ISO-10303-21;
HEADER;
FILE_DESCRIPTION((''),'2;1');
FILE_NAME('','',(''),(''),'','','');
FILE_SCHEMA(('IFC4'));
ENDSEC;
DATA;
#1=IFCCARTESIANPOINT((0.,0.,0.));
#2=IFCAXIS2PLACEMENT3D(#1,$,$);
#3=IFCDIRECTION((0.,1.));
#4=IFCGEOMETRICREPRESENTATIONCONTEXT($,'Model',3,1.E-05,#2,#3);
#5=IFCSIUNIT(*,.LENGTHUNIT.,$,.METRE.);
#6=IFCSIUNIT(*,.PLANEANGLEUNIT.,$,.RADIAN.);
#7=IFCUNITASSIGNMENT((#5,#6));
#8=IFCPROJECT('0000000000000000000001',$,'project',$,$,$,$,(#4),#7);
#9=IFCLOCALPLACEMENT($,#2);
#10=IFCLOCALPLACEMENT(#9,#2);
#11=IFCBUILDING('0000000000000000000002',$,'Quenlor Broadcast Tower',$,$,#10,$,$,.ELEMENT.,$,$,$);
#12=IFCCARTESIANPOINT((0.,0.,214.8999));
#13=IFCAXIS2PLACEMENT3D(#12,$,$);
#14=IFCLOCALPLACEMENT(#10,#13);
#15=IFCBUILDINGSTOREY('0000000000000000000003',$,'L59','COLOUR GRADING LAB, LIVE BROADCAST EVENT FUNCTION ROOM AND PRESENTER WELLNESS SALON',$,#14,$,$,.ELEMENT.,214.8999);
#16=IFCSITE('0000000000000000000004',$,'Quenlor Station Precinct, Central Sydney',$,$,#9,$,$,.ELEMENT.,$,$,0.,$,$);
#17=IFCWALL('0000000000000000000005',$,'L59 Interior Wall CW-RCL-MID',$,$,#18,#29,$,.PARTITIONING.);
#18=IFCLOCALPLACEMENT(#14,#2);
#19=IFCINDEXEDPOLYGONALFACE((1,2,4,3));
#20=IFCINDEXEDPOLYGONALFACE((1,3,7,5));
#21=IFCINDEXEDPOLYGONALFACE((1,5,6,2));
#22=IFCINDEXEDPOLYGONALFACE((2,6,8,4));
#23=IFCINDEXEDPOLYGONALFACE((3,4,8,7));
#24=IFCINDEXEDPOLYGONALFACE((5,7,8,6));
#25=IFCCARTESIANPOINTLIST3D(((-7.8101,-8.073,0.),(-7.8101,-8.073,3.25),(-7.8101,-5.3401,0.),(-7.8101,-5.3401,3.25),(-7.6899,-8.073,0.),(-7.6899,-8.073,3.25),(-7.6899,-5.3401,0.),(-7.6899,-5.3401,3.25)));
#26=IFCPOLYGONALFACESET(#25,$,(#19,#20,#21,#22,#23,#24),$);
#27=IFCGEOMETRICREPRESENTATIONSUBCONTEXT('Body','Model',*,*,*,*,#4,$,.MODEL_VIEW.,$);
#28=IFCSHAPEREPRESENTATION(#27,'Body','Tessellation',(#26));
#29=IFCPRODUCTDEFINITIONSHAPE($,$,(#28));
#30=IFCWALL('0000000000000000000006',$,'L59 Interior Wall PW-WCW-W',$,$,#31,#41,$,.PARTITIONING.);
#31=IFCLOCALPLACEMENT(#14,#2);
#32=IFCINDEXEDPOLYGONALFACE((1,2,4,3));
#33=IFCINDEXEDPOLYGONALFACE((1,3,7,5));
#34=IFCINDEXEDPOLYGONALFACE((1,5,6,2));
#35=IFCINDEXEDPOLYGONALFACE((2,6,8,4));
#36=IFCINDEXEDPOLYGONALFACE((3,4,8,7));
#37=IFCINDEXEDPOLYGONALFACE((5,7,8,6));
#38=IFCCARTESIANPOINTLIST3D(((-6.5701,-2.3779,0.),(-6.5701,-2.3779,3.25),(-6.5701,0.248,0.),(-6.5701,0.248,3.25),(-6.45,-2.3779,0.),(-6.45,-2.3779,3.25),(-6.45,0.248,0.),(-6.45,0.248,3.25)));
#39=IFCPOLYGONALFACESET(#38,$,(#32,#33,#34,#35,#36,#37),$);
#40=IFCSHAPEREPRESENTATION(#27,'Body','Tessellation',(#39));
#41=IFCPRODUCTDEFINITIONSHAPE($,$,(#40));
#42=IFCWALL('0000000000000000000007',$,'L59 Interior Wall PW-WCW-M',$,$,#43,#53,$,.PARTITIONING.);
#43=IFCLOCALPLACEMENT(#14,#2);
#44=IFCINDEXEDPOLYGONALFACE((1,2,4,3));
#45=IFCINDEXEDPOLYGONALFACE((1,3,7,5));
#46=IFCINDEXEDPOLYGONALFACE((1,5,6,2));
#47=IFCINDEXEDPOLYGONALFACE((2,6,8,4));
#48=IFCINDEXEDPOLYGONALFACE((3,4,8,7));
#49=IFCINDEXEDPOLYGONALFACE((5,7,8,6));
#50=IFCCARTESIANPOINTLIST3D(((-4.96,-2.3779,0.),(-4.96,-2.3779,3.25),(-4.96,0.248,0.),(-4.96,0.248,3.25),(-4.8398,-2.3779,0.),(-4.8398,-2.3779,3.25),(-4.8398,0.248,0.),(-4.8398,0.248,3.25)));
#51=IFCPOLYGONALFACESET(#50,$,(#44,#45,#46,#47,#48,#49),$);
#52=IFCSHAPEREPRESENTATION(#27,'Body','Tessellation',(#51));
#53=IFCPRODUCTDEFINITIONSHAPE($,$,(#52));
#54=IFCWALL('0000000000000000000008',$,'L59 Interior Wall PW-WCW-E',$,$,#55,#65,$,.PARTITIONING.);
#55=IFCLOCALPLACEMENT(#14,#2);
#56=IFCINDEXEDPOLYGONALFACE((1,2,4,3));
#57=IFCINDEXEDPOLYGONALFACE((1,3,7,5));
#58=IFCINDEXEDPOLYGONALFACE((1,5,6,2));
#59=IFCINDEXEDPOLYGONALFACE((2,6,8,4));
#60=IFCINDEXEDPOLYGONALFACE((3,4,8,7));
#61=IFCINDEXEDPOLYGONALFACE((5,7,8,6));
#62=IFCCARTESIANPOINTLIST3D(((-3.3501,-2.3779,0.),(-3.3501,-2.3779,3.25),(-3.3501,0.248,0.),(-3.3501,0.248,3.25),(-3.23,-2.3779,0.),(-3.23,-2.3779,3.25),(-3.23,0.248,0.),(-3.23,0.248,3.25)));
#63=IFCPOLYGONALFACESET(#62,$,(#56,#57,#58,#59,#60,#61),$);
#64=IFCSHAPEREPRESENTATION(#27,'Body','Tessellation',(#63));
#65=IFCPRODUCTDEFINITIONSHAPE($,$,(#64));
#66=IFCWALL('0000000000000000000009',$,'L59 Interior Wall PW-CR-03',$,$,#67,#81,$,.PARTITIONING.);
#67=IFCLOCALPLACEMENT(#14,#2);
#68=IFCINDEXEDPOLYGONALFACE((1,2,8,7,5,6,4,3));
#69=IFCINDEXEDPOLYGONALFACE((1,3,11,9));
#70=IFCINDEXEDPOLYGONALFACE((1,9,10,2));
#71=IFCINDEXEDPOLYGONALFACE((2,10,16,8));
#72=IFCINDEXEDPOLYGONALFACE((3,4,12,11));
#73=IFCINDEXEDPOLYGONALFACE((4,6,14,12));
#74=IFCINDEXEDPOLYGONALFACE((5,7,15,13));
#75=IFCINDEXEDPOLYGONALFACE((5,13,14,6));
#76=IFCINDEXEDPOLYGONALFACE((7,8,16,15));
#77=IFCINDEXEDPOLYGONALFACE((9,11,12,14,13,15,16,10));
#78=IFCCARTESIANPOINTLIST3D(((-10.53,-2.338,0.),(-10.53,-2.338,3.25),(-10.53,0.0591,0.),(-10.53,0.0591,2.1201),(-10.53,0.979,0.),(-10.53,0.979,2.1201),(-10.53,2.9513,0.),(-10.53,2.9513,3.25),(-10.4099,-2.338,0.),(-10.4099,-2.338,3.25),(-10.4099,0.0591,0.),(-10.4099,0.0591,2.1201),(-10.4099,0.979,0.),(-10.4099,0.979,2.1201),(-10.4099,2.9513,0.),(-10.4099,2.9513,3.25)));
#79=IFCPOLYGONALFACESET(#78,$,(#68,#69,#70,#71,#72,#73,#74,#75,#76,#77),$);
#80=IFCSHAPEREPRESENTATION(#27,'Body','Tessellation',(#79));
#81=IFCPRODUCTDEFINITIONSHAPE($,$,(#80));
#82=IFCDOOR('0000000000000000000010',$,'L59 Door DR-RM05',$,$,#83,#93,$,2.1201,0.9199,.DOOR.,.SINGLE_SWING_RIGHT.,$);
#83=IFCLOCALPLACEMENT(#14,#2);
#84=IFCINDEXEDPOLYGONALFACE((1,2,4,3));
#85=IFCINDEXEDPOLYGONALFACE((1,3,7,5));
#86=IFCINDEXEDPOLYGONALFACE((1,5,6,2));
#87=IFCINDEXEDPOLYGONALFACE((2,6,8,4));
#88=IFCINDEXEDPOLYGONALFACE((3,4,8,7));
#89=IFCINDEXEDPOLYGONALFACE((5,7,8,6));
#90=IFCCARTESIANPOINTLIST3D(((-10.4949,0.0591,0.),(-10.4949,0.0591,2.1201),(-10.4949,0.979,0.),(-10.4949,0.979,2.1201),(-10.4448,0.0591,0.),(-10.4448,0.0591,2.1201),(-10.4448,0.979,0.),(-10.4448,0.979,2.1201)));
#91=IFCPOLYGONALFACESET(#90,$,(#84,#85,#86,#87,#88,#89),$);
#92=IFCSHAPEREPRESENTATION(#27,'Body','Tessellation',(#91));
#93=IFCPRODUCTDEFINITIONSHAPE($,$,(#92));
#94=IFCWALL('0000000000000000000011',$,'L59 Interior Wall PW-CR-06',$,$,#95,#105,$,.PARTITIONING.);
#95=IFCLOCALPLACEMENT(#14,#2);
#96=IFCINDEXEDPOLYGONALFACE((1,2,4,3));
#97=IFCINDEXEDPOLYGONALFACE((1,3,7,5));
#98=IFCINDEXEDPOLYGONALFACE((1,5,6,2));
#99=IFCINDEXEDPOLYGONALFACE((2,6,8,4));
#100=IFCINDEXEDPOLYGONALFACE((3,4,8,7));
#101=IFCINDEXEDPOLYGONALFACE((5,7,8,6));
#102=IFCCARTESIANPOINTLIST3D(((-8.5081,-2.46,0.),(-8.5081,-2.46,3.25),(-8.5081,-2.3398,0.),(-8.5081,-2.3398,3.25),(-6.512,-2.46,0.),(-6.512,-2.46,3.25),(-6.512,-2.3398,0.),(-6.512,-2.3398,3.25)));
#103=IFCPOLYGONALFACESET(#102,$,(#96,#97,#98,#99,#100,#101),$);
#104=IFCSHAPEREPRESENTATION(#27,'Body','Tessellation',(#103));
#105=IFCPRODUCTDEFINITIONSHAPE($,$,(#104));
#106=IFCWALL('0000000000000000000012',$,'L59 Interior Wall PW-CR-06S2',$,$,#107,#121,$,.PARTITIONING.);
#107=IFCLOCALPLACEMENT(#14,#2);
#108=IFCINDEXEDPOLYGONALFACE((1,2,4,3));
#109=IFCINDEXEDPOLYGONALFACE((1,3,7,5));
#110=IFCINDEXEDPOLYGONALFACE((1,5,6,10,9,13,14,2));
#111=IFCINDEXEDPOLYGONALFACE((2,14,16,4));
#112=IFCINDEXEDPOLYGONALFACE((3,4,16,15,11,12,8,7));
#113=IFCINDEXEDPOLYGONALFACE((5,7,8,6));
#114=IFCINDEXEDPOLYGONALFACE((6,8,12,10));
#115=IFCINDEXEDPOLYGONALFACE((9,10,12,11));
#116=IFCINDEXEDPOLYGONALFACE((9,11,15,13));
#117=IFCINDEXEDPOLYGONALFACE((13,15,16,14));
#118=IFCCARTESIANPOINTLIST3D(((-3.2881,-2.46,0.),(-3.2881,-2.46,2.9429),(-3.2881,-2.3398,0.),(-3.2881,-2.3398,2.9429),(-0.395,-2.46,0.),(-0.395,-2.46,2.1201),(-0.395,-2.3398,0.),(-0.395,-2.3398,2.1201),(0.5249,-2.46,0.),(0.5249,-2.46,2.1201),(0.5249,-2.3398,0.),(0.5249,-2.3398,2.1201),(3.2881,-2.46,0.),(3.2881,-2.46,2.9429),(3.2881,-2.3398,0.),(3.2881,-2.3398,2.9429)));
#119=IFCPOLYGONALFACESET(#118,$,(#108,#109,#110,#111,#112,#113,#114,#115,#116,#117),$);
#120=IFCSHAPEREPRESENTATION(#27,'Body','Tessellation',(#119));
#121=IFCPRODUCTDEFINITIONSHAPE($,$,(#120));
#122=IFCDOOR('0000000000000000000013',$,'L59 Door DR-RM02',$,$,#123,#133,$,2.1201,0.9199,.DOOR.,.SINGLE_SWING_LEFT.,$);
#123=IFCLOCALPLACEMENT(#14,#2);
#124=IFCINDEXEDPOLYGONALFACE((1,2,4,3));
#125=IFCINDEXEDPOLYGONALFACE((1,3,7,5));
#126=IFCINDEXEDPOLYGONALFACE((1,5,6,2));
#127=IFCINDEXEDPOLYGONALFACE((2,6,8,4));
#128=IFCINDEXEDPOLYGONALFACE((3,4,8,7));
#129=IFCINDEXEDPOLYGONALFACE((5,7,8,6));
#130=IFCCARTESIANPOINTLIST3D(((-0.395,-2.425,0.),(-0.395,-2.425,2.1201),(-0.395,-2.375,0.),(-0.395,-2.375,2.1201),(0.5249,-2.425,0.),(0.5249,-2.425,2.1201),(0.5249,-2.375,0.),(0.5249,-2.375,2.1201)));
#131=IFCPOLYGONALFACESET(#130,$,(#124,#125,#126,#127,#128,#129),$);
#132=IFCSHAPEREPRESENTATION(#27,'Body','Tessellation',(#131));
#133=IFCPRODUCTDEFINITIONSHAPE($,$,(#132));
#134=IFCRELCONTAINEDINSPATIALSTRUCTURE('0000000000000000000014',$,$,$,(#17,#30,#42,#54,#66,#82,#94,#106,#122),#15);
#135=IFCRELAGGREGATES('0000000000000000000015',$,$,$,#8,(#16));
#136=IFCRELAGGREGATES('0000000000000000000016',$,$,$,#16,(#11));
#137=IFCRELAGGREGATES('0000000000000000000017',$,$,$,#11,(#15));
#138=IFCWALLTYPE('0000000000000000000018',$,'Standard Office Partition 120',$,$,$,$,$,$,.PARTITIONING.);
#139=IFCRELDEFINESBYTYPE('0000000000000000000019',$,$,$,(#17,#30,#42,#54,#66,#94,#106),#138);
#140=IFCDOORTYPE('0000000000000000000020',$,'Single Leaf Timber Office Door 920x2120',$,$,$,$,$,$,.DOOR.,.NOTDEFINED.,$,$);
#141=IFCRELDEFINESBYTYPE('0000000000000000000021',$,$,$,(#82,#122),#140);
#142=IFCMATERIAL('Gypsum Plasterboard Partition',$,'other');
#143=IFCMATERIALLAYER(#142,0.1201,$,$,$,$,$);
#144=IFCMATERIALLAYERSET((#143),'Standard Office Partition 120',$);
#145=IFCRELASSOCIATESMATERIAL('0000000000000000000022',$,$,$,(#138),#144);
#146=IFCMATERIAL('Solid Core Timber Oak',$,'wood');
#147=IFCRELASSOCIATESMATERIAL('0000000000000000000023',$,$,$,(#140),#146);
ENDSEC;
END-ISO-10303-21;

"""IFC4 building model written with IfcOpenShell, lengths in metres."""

from ifc_helpers import new_model, si_unit, direction, frame, frame_2d, origin, place, context, subcontext, project, spatial, rectangle, extrude, material, layer, layer_set, type_object, element, fill, save


model = new_model("IFC4")

# Units and contexts
model_context = context("Model", 3, precision=1e-05, world=origin(), true_north=direction((0.0, 1.0)))
body_context = subcontext(model_context, "Body", "Model", "MODEL_VIEW")
ifc_project = project(units=[si_unit("LENGTHUNIT", "METRE"), si_unit("PLANEANGLEUNIT", "RADIAN")], contexts=[model_context])

# Site, building, storey
site_placement = place(None, origin())
site = spatial("IfcSite", under=ifc_project, at=site_placement, Name="Quenlor Station Precinct, Central Sydney", CompositionType="ELEMENT", RefElevation=0.0)
building_placement = place(site_placement, origin())
building = spatial("IfcBuilding", under=site, at=building_placement, Name="Quenlor Broadcast Tower", CompositionType="ELEMENT")
storey_placement = place(building_placement, frame((0.0, 0.0, 214.8999)))
storey = spatial("IfcBuildingStorey", under=building, at=storey_placement, Name="L59", Description="COLOUR GRADING LAB, LIVE BROADCAST EVENT FUNCTION ROOM AND PRESENTER WELLNESS SALON", CompositionType="ELEMENT", Elevation=214.8999)

# Wall
ifc_material_1 = material(Name="Gypsum Plasterboard Partition", Category="other")
ifc_layer_1 = layer(ifc_material_1, 0.1201)
ifc_layer_set_1 = layer_set([ifc_layer_1], Name="Standard Office Partition 120")
wall_type_1 = type_object("IfcWallType", Name="Standard Office Partition 120", PredefinedType="PARTITIONING", material=ifc_layer_set_1)
wall_1_placement = place(storey_placement, frame((-7.75, -8.073, 0.0), z_axis=(0.0, 0.0, 1.0), x_axis=(0.0, 1.0, 0.0)))
element("IfcWall", 1, at=wall_1_placement, inside=storey, type_object=wall_type_1, Name="L59 Interior Wall CW-RCL-MID", PredefinedType="PARTITIONING", context=body_context, shape_type="SweptSolid", body=[
    extrude(rectangle(XDim=2.7329, YDim=0.1201, at=frame_2d((1.3665, 0.0))), origin(), (0.0, 0.0, 1.0), 3.25),
])

# Walls
for number, where, z_axis, x_axis, name in (
    (2, (-6.51, -2.3779, 0.0), (0.0, 0.0, 1.0), (0.0, 1.0, 0.0), "L59 Interior Wall PW-WCW-W"),
    (3, (-4.8999, -2.3779, 0.0), (0.0, 0.0, 1.0), (0.0, 1.0, 0.0), "L59 Interior Wall PW-WCW-M"),
    (4, (-3.29, -2.3779, 0.0), (0.0, 0.0, 1.0), (0.0, 1.0, 0.0), "L59 Interior Wall PW-WCW-E"),
):
    element("IfcWall", number, at=place(storey_placement, frame(where, z_axis=z_axis, x_axis=x_axis)), inside=storey, type_object=wall_type_1, Name=name, PredefinedType="PARTITIONING", context=body_context, shape_type="SweptSolid", body=[
        extrude(rectangle(XDim=2.626, YDim=0.1201, at=frame_2d((1.313, 0.0))), origin(), (0.0, 0.0, 1.0), 3.25),
    ])

# Wall, opening, door
wall_2_placement = place(storey_placement, frame((-10.47, -2.3379, 0.0), z_axis=(0.0, 0.0, 1.0), x_axis=(0.0, 1.0, 0.0)))
wall_2 = element("IfcWall", 5, at=wall_2_placement, inside=storey, type_object=wall_type_1, Name="L59 Interior Wall PW-CR-03", PredefinedType="PARTITIONING", context=body_context, shape_type="SweptSolid", body=[
    extrude(rectangle(XDim=5.2893, YDim=0.1201, at=frame_2d((2.6445, 0.0))), origin(), (0.0, 0.0, 1.0), 3.25),
])
opening_1_placement = place(wall_2_placement, frame((2.397, 0.0, 0.0)))
opening_1 = element("IfcOpeningElement", 6, at=opening_1_placement, cuts=wall_2, PredefinedType="OPENING", context=body_context, shape_type="SweptSolid", body=[
    extrude(rectangle(XDim=0.9199, YDim=2.1201, at=frame_2d((0.46, 1.0601))), frame((0.0, 0.0701, 0.0), z_axis=(0.0, -1.0, 0.0), x_axis=(1.0, 0.0, 0.0)), (0.0, 0.0, 1.0), 0.1401),
])
ifc_material_2 = material(Name="Solid Core Timber Oak", Category="wood")
door_type_1 = type_object("IfcDoorType", Name="Single Leaf Timber Office Door 920x2120", OperationType="NOTDEFINED", PredefinedType="DOOR", material=ifc_material_2)
door_1_placement = place(opening_1_placement, origin())
door_1 = element("IfcDoor", 7, at=door_1_placement, inside=storey, type_object=door_type_1, Name="L59 Door DR-RM05", OperationType="SINGLE_SWING_RIGHT", OverallHeight=2.1201, OverallWidth=0.9199, PredefinedType="DOOR", context=body_context, shape_type="SweptSolid", body=[
    extrude(rectangle(XDim=0.9199, YDim=2.1201, at=frame_2d((0.46, 1.0601))), frame((0.0, 0.0249, 0.0), z_axis=(0.0, -1.0, 0.0), x_axis=(1.0, 0.0, 0.0)), (0.0, 0.0, 1.0), 0.05),
])
fill(opening_1, door_1)

# Wall
wall_3_placement = place(storey_placement, frame((-8.5081, -2.3999, 0.0), z_axis=(0.0, 0.0, 1.0), x_axis=(1.0, 0.0, 0.0)))
element("IfcWall", 8, at=wall_3_placement, inside=storey, type_object=wall_type_1, Name="L59 Interior Wall PW-CR-06", PredefinedType="PARTITIONING", context=body_context, shape_type="SweptSolid", body=[
    extrude(rectangle(XDim=1.9961, YDim=0.1201, at=frame_2d((0.998, 0.0))), origin(), (0.0, 0.0, 1.0), 3.25),
])

# Wall, opening, door
wall_4_placement = place(storey_placement, frame((-3.2881, -2.3999, 0.0), z_axis=(0.0, 0.0, 1.0), x_axis=(1.0, 0.0, 0.0)))
wall_4 = element("IfcWall", 9, at=wall_4_placement, inside=storey, type_object=wall_type_1, Name="L59 Interior Wall PW-CR-06S2", PredefinedType="PARTITIONING", context=body_context, shape_type="SweptSolid", body=[
    extrude(rectangle(XDim=6.5762, YDim=0.1201, at=frame_2d((3.2881, 0.0))), origin(), (0.0, 0.0, 1.0), 2.9429),
])
opening_2_placement = place(wall_4_placement, frame((2.8931, 0.0, 0.0)))
opening_2 = element("IfcOpeningElement", 10, at=opening_2_placement, cuts=wall_4, PredefinedType="OPENING", context=body_context, shape_type="SweptSolid", body=[
    extrude(rectangle(XDim=0.9199, YDim=2.1201, at=frame_2d((0.46, 1.0601))), frame((0.0, 0.0701, 0.0), z_axis=(0.0, -1.0, 0.0), x_axis=(1.0, 0.0, 0.0)), (0.0, 0.0, 1.0), 0.1401),
])
door_2_placement = place(opening_2_placement, origin())
door_2 = element("IfcDoor", 11, at=door_2_placement, inside=storey, type_object=door_type_1, Name="L59 Door DR-RM02", OperationType="SINGLE_SWING_LEFT", OverallHeight=2.1201, OverallWidth=0.9199, PredefinedType="DOOR", context=body_context, shape_type="SweptSolid", body=[
    extrude(rectangle(XDim=0.9199, YDim=2.1201, at=frame_2d((0.46, 1.0601))), frame((0.0, 0.0249, 0.0), z_axis=(0.0, -1.0, 0.0), x_axis=(1.0, 0.0, 0.0)), (0.0, 0.0, 1.0), 0.05),
])
fill(opening_2, door_2)

save(model, "model.ifc")
